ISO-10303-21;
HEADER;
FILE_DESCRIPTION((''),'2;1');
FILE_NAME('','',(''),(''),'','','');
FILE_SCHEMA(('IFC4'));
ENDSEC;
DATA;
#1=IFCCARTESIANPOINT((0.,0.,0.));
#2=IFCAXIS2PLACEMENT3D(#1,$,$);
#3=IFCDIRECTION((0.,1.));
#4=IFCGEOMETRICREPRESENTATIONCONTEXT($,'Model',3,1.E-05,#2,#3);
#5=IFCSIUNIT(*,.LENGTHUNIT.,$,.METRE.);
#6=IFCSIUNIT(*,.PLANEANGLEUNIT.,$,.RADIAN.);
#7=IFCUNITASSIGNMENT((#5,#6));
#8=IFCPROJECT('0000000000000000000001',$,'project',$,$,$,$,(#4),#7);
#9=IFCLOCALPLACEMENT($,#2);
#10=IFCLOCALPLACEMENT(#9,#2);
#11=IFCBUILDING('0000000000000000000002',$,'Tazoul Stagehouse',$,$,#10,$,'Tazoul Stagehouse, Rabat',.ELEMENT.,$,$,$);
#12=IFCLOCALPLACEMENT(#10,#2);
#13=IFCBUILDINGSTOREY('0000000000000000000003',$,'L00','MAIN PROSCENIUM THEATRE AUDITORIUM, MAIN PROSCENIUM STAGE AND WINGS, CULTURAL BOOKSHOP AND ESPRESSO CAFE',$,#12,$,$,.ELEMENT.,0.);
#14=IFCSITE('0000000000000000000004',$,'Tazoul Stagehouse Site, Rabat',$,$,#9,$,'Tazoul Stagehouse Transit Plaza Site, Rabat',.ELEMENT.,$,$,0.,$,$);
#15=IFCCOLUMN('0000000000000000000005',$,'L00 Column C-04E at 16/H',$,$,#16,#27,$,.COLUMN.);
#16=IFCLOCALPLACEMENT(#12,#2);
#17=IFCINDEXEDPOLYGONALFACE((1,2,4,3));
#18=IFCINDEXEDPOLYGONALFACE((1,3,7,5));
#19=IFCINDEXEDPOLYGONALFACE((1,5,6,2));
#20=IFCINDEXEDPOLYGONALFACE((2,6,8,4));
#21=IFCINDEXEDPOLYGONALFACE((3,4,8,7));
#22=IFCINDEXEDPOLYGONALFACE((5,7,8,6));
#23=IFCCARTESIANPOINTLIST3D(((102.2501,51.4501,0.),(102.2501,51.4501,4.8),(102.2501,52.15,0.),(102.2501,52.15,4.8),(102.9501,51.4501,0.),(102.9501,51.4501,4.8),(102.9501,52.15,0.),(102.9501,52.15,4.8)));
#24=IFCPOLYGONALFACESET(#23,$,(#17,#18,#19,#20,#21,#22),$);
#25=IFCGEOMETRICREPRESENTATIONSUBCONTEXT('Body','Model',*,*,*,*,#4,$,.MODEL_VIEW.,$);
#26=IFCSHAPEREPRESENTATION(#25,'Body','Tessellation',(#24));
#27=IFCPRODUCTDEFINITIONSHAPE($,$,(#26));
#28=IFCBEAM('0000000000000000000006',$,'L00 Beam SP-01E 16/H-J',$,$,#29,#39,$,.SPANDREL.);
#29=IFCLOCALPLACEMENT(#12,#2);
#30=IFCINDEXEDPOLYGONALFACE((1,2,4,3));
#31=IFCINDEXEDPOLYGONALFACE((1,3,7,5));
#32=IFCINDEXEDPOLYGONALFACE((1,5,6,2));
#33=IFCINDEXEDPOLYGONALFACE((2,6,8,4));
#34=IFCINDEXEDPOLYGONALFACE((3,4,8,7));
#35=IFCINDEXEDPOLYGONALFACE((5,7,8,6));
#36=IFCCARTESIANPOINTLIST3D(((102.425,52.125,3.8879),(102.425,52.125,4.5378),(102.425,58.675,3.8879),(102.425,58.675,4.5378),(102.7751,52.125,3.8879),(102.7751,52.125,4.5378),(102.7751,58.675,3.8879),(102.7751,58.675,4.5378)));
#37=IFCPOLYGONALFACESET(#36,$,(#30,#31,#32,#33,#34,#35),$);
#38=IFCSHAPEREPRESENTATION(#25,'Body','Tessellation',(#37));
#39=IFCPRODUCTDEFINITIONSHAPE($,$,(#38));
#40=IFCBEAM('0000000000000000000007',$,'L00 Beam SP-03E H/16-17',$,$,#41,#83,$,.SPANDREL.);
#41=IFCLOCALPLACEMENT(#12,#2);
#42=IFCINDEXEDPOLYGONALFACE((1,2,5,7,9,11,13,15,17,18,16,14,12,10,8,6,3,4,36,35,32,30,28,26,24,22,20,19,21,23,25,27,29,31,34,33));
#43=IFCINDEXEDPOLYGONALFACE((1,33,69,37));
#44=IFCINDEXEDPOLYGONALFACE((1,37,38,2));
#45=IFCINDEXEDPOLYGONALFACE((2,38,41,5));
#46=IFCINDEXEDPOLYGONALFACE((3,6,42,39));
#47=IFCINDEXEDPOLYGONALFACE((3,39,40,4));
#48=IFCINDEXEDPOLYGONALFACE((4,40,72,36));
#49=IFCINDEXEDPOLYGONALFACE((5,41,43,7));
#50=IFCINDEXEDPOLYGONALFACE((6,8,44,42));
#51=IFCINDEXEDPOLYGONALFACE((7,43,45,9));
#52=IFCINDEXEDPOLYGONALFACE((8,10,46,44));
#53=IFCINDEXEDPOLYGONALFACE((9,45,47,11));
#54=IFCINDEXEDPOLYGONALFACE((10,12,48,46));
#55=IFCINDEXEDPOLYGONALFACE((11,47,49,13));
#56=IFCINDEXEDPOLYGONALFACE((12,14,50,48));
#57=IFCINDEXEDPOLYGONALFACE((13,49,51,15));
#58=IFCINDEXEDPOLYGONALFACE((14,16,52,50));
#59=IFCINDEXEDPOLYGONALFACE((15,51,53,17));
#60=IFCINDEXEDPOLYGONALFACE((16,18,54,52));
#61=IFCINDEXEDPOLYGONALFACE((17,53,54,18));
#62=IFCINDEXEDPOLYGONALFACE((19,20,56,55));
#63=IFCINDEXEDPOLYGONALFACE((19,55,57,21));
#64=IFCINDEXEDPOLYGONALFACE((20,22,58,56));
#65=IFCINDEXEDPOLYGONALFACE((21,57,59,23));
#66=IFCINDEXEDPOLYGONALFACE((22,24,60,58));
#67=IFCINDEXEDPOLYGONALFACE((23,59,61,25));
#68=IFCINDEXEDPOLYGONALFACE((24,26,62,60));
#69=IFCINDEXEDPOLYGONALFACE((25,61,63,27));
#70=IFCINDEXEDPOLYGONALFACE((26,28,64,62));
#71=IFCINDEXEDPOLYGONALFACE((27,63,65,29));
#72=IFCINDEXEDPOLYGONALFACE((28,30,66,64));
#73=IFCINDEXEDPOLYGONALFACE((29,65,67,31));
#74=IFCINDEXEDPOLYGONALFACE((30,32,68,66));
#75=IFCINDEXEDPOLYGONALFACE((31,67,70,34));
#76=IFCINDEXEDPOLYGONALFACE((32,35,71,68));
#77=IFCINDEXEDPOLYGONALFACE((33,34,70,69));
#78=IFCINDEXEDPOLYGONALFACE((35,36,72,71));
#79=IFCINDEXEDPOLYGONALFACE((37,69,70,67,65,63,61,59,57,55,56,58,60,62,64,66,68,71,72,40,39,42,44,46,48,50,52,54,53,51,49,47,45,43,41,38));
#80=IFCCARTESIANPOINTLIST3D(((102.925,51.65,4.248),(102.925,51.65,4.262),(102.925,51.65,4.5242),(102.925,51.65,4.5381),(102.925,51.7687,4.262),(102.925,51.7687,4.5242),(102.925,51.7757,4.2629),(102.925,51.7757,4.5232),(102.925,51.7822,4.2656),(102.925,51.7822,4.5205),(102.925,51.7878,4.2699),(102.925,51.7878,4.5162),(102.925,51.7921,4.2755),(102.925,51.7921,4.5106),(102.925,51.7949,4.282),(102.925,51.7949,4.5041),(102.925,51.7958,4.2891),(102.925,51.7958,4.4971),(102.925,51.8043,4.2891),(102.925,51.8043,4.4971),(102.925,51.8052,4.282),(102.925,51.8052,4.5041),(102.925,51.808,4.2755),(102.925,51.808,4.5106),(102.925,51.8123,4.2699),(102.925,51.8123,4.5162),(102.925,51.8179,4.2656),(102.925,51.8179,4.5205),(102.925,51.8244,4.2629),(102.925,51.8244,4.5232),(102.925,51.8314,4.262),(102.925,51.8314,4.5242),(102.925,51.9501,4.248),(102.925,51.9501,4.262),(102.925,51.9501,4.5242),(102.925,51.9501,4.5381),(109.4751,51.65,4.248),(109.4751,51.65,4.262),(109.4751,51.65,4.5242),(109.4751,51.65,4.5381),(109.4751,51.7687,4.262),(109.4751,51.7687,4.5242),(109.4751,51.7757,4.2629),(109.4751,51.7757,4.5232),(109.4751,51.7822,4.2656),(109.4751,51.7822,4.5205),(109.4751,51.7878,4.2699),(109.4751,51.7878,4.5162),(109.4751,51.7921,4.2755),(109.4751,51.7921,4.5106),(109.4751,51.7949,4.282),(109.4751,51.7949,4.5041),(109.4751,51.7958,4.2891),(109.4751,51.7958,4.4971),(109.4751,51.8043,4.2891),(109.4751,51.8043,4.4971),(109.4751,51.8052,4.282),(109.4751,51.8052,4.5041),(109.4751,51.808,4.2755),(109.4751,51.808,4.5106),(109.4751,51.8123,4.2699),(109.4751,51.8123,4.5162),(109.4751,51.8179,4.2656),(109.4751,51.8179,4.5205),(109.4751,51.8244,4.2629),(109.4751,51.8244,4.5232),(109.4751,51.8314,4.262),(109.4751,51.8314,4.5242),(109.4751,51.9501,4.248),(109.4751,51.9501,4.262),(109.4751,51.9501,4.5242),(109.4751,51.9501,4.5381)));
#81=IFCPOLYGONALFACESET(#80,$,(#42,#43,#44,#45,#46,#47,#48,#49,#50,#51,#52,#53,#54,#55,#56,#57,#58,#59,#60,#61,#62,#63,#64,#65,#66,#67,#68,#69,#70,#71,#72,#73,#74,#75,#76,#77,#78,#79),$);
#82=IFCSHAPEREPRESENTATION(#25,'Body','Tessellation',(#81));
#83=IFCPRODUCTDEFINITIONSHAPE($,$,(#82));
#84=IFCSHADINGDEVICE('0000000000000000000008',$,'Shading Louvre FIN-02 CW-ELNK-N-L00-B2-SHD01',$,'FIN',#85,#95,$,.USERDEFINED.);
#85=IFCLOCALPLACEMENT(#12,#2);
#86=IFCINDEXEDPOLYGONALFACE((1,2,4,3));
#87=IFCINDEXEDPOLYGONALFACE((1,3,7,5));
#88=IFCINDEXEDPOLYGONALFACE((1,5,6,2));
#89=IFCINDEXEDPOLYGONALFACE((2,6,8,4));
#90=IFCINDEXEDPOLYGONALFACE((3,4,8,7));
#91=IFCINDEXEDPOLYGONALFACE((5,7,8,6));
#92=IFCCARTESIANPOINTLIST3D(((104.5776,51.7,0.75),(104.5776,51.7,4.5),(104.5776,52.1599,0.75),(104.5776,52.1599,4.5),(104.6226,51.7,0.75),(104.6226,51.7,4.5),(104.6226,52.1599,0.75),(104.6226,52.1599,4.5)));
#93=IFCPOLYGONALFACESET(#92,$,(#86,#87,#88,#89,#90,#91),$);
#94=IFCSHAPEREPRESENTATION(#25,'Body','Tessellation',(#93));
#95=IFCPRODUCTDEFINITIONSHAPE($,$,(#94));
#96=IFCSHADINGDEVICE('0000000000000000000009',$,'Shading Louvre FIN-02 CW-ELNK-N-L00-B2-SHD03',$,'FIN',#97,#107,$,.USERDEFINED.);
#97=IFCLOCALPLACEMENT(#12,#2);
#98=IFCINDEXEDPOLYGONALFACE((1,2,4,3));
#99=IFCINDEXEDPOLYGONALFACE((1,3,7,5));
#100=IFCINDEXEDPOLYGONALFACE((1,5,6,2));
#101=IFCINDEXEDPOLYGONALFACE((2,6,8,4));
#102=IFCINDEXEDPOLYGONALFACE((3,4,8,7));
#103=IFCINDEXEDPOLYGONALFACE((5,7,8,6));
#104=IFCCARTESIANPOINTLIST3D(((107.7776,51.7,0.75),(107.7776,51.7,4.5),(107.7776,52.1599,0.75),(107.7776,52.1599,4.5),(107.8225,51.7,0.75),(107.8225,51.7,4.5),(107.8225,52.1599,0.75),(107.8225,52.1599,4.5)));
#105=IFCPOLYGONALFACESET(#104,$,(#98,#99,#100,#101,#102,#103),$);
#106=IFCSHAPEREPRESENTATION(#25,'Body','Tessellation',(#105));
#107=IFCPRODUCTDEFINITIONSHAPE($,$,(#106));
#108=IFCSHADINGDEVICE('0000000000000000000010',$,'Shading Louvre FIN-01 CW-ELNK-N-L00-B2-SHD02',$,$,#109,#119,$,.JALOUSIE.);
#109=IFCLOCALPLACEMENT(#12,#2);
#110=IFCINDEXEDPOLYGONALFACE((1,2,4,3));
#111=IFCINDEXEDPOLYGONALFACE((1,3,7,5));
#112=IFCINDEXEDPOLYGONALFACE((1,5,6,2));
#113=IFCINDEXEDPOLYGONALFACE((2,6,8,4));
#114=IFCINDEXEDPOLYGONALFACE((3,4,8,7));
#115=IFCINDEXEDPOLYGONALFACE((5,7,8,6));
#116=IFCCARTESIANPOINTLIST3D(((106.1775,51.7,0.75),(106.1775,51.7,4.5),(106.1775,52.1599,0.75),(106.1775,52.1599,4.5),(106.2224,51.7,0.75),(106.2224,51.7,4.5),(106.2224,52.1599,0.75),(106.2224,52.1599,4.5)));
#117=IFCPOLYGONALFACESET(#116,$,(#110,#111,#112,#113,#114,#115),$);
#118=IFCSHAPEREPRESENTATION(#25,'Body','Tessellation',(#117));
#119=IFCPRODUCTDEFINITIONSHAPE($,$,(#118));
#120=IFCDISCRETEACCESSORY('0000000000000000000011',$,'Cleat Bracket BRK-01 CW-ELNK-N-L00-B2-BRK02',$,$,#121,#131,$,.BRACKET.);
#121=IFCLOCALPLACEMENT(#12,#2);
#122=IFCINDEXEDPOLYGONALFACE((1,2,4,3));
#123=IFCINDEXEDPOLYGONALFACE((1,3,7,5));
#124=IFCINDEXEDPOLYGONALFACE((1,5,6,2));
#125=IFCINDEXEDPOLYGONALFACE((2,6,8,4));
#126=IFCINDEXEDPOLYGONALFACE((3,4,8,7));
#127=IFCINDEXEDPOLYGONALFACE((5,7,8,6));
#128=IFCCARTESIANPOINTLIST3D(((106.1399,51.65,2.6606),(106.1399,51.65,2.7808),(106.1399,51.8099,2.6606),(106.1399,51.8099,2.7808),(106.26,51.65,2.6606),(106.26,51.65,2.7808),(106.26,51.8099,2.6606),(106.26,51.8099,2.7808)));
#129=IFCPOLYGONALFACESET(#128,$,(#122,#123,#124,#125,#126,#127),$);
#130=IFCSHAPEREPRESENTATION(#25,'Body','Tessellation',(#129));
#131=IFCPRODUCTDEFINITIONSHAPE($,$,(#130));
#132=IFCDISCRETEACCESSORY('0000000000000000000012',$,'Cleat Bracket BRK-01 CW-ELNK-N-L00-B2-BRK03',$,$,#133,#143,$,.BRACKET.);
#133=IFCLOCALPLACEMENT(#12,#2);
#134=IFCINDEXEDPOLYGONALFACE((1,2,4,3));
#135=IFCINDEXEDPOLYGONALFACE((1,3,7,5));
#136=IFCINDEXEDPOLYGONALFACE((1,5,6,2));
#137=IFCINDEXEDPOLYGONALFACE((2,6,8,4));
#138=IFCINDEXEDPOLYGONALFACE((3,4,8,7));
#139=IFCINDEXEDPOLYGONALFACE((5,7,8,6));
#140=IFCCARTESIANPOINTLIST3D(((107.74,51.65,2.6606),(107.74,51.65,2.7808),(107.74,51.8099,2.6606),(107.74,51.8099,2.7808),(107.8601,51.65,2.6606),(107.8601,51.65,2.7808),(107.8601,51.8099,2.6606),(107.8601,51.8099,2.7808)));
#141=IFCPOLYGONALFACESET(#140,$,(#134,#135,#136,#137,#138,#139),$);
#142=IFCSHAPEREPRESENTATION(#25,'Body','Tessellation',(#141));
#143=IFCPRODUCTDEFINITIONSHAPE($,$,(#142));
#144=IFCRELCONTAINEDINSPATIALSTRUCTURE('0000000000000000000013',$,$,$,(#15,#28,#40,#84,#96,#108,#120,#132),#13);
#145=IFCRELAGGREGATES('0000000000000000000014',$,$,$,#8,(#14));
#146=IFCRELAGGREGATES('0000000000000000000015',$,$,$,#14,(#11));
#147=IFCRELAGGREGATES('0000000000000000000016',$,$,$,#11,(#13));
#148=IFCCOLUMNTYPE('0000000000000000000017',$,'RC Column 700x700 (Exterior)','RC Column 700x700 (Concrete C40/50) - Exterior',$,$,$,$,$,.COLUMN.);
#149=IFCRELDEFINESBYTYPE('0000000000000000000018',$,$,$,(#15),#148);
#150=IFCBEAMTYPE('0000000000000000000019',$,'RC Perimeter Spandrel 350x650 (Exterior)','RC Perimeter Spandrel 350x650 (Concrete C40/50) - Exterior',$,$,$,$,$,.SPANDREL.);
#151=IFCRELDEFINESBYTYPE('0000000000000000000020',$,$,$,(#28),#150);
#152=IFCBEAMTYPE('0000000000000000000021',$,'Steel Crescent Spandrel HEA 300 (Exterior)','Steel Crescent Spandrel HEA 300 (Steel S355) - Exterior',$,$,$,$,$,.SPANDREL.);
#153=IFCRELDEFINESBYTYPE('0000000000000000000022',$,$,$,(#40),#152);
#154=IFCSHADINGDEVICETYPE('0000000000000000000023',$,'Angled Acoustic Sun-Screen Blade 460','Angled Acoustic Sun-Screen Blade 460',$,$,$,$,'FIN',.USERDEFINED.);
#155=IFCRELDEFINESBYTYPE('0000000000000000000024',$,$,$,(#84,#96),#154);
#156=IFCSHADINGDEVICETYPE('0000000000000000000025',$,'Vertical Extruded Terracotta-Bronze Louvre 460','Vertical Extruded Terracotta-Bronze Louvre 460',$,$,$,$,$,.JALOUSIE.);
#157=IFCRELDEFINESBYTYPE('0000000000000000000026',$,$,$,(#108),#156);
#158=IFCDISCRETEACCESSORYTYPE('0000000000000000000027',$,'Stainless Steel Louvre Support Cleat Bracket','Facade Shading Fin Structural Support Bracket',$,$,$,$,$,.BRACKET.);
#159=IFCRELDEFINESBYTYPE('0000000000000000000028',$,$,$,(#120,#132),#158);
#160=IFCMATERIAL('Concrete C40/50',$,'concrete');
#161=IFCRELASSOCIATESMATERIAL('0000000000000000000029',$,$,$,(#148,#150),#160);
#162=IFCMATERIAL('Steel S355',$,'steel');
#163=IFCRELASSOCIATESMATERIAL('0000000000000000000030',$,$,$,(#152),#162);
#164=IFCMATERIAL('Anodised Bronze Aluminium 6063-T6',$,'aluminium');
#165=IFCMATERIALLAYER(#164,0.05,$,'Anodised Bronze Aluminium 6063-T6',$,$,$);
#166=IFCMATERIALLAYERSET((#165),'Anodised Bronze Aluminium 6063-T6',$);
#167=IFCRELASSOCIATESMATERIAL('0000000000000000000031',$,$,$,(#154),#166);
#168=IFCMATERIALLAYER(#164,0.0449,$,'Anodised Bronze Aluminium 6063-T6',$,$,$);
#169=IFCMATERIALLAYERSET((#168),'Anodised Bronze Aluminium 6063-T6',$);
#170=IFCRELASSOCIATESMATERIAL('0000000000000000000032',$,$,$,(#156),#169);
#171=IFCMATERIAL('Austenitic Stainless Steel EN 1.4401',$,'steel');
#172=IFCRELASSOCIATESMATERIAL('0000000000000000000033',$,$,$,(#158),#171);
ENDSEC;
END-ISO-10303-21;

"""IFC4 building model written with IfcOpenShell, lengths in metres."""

from ifc_helpers import new_model, si_unit, direction, frame, origin, origin_2d, place, context, subcontext, project, spatial, rectangle, i_section, extrude, material, layer, layer_set, material_profile, profile_set, type_object, element, save


model = new_model("IFC4")

# Units and contexts
model_context = context("Model", 3, precision=1e-05, world=origin(), true_north=direction((0.0, 1.0)))
body_context = subcontext(model_context, "Body", "Model", "MODEL_VIEW")
ifc_project = project(units=[si_unit("LENGTHUNIT", "METRE"), si_unit("PLANEANGLEUNIT", "RADIAN")], contexts=[model_context])

# Site, building, storey
site_placement = place(None, origin())
site = spatial("IfcSite", under=ifc_project, at=site_placement, Name="Tazoul Stagehouse Site, Rabat", LongName="Tazoul Stagehouse Transit Plaza Site, Rabat", CompositionType="ELEMENT", RefElevation=0.0)
building_placement = place(site_placement, origin())
building = spatial("IfcBuilding", under=site, at=building_placement, Name="Tazoul Stagehouse", LongName="Tazoul Stagehouse, Rabat", CompositionType="ELEMENT")
storey_placement = place(building_placement, origin())
storey = spatial("IfcBuildingStorey", under=building, at=storey_placement, Name="L00", Description="MAIN PROSCENIUM THEATRE AUDITORIUM, MAIN PROSCENIUM STAGE AND WINGS, CULTURAL BOOKSHOP AND ESPRESSO CAFE", CompositionType="ELEMENT", Elevation=0.0)

# Column
ifc_material_1 = material(Name="Concrete C40/50", Category="concrete")
ifc_material_profile_1 = material_profile(ifc_material_1, rectangle(XDim=0.7, YDim=0.7, at=origin_2d()), Name="RC 700x700")
ifc_profile_set_1 = profile_set([ifc_material_profile_1], Name="Concrete C40/50")
column_type = type_object("IfcColumnType", Name="RC Column 700x700 (Exterior)", Description="RC Column 700x700 (Concrete C40/50) - Exterior", PredefinedType="COLUMN", material=ifc_profile_set_1)
column_placement = place(storey_placement, frame((102.6001, 51.8, 0.0), z_axis=(0.0, 0.0, 1.0), x_axis=(1.0, 0.0, 0.0)))
element("IfcColumn", 1, at=column_placement, inside=storey, type_object=column_type, Name="L00 Column C-04E at 16/H", PredefinedType="COLUMN", context=body_context, shape_type="SweptSolid", body=[
    extrude(rectangle(XDim=0.7, YDim=0.7, at=origin_2d()), origin(), (0.0, 0.0, 1.0), 4.8),
])

# Beams
ifc_material_profile_2 = material_profile(ifc_material_1, rectangle(XDim=0.3501, YDim=0.6499, at=origin_2d()), Name="RC 350x650")
ifc_profile_set_2 = profile_set([ifc_material_profile_2], Name="Concrete C40/50")
beam_type_1 = type_object("IfcBeamType", Name="RC Perimeter Spandrel 350x650 (Exterior)", Description="RC Perimeter Spandrel 350x650 (Concrete C40/50) - Exterior", PredefinedType="SPANDREL", material=ifc_profile_set_2)
beam_1_placement = place(storey_placement, frame((102.6001, 52.125, 4.2129), z_axis=(0.0, 1.0, 0.0), x_axis=(-1.0, 0.0, 0.0)))
element("IfcBeam", 2, at=beam_1_placement, inside=storey, type_object=beam_type_1, Name="L00 Beam SP-01E 16/H-J", PredefinedType="SPANDREL", context=body_context, shape_type="SweptSolid", body=[
    extrude(rectangle(XDim=0.3501, YDim=0.6499, at=origin_2d()), origin(), (0.0, 0.0, 1.0), 6.55),
])
ifc_material_2 = material(Name="Steel S355", Category="steel")
ifc_material_profile_3 = material_profile(ifc_material_2, i_section(OverallWidth=0.3, OverallDepth=0.29, WebThickness=0.0085, FlangeThickness=0.0139, FilletRadius=0.0271, at=origin_2d()), Name="HEA 300")
ifc_profile_set_3 = profile_set([ifc_material_profile_3], Name="Steel S355")
beam_type_2 = type_object("IfcBeamType", Name="Steel Crescent Spandrel HEA 300 (Exterior)", Description="Steel Crescent Spandrel HEA 300 (Steel S355) - Exterior", PredefinedType="SPANDREL", material=ifc_profile_set_3)
beam_2_placement = place(storey_placement, frame((102.925, 51.8, 4.3931), z_axis=(1.0, 0.0, 0.0), x_axis=(0.0, 1.0, 0.0)))
element("IfcBeam", 3, at=beam_2_placement, inside=storey, type_object=beam_type_2, Name="L00 Beam SP-03E H/16-17", PredefinedType="SPANDREL", context=body_context, shape_type="SweptSolid", body=[
    extrude(i_section(OverallWidth=0.3, OverallDepth=0.29, WebThickness=0.0085, FlangeThickness=0.0139, FilletRadius=0.0271, at=origin_2d()), origin(), (0.0, 0.0, 1.0), 6.55),
])

# Shading devices
ifc_material_3 = material(Name="Anodised Bronze Aluminium 6063-T6", Category="aluminium")
ifc_layer_1 = layer(ifc_material_3, 0.05, Name="Anodised Bronze Aluminium 6063-T6")
ifc_layer_set_1 = layer_set([ifc_layer_1], Name="Anodised Bronze Aluminium 6063-T6")
shading_device_type_1 = type_object("IfcShadingDeviceType", Name="Angled Acoustic Sun-Screen Blade 460", Description="Angled Acoustic Sun-Screen Blade 460", ElementType="FIN", PredefinedType="USERDEFINED", material=ifc_layer_set_1)
for number, where, z_axis, x_axis, name in (
    (4, (104.6001, 51.9299, 0.75), (0.0, 0.0, 1.0), (1.0, 0.0, 0.0), "Shading Louvre FIN-02 CW-ELNK-N-L00-B2-SHD01"),
    (5, (107.8, 51.9299, 0.75), (0.0, 0.0, 1.0), (1.0, 0.0, 0.0), "Shading Louvre FIN-02 CW-ELNK-N-L00-B2-SHD03"),
):
    element("IfcShadingDevice", number, at=place(storey_placement, frame(where, z_axis=z_axis, x_axis=x_axis)), inside=storey, type_object=shading_device_type_1, Name=name, ObjectType="FIN", PredefinedType="USERDEFINED", context=body_context, shape_type="SweptSolid", body=[
        extrude(rectangle(XDim=0.0449, YDim=0.46, at=origin_2d()), origin(), (0.0, 0.0, 1.0), 3.75),
    ])
ifc_layer_2 = layer(ifc_material_3, 0.0449, Name="Anodised Bronze Aluminium 6063-T6")
ifc_layer_set_2 = layer_set([ifc_layer_2], Name="Anodised Bronze Aluminium 6063-T6")
shading_device_type_2 = type_object("IfcShadingDeviceType", Name="Vertical Extruded Terracotta-Bronze Louvre 460", Description="Vertical Extruded Terracotta-Bronze Louvre 460", PredefinedType="JALOUSIE", material=ifc_layer_set_2)
shading_device_placement = place(storey_placement, frame((106.2, 51.9299, 0.75), z_axis=(0.0, 0.0, 1.0), x_axis=(1.0, 0.0, 0.0)))
element("IfcShadingDevice", 6, at=shading_device_placement, inside=storey, type_object=shading_device_type_2, Name="Shading Louvre FIN-01 CW-ELNK-N-L00-B2-SHD02", PredefinedType="JALOUSIE", context=body_context, shape_type="SweptSolid", body=[
    extrude(rectangle(XDim=0.0449, YDim=0.46, at=origin_2d()), origin(), (0.0, 0.0, 1.0), 3.75),
])

# Discrete accessories
ifc_material_4 = material(Name="Austenitic Stainless Steel EN 1.4401", Category="steel")
discrete_accessory_type = type_object("IfcDiscreteAccessoryType", Name="Stainless Steel Louvre Support Cleat Bracket", Description="Facade Shading Fin Structural Support Bracket", PredefinedType="BRACKET", material=ifc_material_4)
for number, where, z_axis, x_axis, name in (
    (7, (106.2, 51.73, 2.6606), (0.0, 0.0, 1.0), (1.0, 0.0, 0.0), "Cleat Bracket BRK-01 CW-ELNK-N-L00-B2-BRK02"),
    (8, (107.8, 51.73, 2.6606), (0.0, 0.0, 1.0), (1.0, 0.0, 0.0), "Cleat Bracket BRK-01 CW-ELNK-N-L00-B2-BRK03"),
):
    element("IfcDiscreteAccessory", number, at=place(storey_placement, frame(where, z_axis=z_axis, x_axis=x_axis)), inside=storey, type_object=discrete_accessory_type, Name=name, PredefinedType="BRACKET", context=body_context, shape_type="SweptSolid", body=[
        extrude(rectangle(XDim=0.1201, YDim=0.1599, at=origin_2d()), origin(), (0.0, 0.0, 1.0), 0.1201),
    ])

save(model, "model.ifc")
